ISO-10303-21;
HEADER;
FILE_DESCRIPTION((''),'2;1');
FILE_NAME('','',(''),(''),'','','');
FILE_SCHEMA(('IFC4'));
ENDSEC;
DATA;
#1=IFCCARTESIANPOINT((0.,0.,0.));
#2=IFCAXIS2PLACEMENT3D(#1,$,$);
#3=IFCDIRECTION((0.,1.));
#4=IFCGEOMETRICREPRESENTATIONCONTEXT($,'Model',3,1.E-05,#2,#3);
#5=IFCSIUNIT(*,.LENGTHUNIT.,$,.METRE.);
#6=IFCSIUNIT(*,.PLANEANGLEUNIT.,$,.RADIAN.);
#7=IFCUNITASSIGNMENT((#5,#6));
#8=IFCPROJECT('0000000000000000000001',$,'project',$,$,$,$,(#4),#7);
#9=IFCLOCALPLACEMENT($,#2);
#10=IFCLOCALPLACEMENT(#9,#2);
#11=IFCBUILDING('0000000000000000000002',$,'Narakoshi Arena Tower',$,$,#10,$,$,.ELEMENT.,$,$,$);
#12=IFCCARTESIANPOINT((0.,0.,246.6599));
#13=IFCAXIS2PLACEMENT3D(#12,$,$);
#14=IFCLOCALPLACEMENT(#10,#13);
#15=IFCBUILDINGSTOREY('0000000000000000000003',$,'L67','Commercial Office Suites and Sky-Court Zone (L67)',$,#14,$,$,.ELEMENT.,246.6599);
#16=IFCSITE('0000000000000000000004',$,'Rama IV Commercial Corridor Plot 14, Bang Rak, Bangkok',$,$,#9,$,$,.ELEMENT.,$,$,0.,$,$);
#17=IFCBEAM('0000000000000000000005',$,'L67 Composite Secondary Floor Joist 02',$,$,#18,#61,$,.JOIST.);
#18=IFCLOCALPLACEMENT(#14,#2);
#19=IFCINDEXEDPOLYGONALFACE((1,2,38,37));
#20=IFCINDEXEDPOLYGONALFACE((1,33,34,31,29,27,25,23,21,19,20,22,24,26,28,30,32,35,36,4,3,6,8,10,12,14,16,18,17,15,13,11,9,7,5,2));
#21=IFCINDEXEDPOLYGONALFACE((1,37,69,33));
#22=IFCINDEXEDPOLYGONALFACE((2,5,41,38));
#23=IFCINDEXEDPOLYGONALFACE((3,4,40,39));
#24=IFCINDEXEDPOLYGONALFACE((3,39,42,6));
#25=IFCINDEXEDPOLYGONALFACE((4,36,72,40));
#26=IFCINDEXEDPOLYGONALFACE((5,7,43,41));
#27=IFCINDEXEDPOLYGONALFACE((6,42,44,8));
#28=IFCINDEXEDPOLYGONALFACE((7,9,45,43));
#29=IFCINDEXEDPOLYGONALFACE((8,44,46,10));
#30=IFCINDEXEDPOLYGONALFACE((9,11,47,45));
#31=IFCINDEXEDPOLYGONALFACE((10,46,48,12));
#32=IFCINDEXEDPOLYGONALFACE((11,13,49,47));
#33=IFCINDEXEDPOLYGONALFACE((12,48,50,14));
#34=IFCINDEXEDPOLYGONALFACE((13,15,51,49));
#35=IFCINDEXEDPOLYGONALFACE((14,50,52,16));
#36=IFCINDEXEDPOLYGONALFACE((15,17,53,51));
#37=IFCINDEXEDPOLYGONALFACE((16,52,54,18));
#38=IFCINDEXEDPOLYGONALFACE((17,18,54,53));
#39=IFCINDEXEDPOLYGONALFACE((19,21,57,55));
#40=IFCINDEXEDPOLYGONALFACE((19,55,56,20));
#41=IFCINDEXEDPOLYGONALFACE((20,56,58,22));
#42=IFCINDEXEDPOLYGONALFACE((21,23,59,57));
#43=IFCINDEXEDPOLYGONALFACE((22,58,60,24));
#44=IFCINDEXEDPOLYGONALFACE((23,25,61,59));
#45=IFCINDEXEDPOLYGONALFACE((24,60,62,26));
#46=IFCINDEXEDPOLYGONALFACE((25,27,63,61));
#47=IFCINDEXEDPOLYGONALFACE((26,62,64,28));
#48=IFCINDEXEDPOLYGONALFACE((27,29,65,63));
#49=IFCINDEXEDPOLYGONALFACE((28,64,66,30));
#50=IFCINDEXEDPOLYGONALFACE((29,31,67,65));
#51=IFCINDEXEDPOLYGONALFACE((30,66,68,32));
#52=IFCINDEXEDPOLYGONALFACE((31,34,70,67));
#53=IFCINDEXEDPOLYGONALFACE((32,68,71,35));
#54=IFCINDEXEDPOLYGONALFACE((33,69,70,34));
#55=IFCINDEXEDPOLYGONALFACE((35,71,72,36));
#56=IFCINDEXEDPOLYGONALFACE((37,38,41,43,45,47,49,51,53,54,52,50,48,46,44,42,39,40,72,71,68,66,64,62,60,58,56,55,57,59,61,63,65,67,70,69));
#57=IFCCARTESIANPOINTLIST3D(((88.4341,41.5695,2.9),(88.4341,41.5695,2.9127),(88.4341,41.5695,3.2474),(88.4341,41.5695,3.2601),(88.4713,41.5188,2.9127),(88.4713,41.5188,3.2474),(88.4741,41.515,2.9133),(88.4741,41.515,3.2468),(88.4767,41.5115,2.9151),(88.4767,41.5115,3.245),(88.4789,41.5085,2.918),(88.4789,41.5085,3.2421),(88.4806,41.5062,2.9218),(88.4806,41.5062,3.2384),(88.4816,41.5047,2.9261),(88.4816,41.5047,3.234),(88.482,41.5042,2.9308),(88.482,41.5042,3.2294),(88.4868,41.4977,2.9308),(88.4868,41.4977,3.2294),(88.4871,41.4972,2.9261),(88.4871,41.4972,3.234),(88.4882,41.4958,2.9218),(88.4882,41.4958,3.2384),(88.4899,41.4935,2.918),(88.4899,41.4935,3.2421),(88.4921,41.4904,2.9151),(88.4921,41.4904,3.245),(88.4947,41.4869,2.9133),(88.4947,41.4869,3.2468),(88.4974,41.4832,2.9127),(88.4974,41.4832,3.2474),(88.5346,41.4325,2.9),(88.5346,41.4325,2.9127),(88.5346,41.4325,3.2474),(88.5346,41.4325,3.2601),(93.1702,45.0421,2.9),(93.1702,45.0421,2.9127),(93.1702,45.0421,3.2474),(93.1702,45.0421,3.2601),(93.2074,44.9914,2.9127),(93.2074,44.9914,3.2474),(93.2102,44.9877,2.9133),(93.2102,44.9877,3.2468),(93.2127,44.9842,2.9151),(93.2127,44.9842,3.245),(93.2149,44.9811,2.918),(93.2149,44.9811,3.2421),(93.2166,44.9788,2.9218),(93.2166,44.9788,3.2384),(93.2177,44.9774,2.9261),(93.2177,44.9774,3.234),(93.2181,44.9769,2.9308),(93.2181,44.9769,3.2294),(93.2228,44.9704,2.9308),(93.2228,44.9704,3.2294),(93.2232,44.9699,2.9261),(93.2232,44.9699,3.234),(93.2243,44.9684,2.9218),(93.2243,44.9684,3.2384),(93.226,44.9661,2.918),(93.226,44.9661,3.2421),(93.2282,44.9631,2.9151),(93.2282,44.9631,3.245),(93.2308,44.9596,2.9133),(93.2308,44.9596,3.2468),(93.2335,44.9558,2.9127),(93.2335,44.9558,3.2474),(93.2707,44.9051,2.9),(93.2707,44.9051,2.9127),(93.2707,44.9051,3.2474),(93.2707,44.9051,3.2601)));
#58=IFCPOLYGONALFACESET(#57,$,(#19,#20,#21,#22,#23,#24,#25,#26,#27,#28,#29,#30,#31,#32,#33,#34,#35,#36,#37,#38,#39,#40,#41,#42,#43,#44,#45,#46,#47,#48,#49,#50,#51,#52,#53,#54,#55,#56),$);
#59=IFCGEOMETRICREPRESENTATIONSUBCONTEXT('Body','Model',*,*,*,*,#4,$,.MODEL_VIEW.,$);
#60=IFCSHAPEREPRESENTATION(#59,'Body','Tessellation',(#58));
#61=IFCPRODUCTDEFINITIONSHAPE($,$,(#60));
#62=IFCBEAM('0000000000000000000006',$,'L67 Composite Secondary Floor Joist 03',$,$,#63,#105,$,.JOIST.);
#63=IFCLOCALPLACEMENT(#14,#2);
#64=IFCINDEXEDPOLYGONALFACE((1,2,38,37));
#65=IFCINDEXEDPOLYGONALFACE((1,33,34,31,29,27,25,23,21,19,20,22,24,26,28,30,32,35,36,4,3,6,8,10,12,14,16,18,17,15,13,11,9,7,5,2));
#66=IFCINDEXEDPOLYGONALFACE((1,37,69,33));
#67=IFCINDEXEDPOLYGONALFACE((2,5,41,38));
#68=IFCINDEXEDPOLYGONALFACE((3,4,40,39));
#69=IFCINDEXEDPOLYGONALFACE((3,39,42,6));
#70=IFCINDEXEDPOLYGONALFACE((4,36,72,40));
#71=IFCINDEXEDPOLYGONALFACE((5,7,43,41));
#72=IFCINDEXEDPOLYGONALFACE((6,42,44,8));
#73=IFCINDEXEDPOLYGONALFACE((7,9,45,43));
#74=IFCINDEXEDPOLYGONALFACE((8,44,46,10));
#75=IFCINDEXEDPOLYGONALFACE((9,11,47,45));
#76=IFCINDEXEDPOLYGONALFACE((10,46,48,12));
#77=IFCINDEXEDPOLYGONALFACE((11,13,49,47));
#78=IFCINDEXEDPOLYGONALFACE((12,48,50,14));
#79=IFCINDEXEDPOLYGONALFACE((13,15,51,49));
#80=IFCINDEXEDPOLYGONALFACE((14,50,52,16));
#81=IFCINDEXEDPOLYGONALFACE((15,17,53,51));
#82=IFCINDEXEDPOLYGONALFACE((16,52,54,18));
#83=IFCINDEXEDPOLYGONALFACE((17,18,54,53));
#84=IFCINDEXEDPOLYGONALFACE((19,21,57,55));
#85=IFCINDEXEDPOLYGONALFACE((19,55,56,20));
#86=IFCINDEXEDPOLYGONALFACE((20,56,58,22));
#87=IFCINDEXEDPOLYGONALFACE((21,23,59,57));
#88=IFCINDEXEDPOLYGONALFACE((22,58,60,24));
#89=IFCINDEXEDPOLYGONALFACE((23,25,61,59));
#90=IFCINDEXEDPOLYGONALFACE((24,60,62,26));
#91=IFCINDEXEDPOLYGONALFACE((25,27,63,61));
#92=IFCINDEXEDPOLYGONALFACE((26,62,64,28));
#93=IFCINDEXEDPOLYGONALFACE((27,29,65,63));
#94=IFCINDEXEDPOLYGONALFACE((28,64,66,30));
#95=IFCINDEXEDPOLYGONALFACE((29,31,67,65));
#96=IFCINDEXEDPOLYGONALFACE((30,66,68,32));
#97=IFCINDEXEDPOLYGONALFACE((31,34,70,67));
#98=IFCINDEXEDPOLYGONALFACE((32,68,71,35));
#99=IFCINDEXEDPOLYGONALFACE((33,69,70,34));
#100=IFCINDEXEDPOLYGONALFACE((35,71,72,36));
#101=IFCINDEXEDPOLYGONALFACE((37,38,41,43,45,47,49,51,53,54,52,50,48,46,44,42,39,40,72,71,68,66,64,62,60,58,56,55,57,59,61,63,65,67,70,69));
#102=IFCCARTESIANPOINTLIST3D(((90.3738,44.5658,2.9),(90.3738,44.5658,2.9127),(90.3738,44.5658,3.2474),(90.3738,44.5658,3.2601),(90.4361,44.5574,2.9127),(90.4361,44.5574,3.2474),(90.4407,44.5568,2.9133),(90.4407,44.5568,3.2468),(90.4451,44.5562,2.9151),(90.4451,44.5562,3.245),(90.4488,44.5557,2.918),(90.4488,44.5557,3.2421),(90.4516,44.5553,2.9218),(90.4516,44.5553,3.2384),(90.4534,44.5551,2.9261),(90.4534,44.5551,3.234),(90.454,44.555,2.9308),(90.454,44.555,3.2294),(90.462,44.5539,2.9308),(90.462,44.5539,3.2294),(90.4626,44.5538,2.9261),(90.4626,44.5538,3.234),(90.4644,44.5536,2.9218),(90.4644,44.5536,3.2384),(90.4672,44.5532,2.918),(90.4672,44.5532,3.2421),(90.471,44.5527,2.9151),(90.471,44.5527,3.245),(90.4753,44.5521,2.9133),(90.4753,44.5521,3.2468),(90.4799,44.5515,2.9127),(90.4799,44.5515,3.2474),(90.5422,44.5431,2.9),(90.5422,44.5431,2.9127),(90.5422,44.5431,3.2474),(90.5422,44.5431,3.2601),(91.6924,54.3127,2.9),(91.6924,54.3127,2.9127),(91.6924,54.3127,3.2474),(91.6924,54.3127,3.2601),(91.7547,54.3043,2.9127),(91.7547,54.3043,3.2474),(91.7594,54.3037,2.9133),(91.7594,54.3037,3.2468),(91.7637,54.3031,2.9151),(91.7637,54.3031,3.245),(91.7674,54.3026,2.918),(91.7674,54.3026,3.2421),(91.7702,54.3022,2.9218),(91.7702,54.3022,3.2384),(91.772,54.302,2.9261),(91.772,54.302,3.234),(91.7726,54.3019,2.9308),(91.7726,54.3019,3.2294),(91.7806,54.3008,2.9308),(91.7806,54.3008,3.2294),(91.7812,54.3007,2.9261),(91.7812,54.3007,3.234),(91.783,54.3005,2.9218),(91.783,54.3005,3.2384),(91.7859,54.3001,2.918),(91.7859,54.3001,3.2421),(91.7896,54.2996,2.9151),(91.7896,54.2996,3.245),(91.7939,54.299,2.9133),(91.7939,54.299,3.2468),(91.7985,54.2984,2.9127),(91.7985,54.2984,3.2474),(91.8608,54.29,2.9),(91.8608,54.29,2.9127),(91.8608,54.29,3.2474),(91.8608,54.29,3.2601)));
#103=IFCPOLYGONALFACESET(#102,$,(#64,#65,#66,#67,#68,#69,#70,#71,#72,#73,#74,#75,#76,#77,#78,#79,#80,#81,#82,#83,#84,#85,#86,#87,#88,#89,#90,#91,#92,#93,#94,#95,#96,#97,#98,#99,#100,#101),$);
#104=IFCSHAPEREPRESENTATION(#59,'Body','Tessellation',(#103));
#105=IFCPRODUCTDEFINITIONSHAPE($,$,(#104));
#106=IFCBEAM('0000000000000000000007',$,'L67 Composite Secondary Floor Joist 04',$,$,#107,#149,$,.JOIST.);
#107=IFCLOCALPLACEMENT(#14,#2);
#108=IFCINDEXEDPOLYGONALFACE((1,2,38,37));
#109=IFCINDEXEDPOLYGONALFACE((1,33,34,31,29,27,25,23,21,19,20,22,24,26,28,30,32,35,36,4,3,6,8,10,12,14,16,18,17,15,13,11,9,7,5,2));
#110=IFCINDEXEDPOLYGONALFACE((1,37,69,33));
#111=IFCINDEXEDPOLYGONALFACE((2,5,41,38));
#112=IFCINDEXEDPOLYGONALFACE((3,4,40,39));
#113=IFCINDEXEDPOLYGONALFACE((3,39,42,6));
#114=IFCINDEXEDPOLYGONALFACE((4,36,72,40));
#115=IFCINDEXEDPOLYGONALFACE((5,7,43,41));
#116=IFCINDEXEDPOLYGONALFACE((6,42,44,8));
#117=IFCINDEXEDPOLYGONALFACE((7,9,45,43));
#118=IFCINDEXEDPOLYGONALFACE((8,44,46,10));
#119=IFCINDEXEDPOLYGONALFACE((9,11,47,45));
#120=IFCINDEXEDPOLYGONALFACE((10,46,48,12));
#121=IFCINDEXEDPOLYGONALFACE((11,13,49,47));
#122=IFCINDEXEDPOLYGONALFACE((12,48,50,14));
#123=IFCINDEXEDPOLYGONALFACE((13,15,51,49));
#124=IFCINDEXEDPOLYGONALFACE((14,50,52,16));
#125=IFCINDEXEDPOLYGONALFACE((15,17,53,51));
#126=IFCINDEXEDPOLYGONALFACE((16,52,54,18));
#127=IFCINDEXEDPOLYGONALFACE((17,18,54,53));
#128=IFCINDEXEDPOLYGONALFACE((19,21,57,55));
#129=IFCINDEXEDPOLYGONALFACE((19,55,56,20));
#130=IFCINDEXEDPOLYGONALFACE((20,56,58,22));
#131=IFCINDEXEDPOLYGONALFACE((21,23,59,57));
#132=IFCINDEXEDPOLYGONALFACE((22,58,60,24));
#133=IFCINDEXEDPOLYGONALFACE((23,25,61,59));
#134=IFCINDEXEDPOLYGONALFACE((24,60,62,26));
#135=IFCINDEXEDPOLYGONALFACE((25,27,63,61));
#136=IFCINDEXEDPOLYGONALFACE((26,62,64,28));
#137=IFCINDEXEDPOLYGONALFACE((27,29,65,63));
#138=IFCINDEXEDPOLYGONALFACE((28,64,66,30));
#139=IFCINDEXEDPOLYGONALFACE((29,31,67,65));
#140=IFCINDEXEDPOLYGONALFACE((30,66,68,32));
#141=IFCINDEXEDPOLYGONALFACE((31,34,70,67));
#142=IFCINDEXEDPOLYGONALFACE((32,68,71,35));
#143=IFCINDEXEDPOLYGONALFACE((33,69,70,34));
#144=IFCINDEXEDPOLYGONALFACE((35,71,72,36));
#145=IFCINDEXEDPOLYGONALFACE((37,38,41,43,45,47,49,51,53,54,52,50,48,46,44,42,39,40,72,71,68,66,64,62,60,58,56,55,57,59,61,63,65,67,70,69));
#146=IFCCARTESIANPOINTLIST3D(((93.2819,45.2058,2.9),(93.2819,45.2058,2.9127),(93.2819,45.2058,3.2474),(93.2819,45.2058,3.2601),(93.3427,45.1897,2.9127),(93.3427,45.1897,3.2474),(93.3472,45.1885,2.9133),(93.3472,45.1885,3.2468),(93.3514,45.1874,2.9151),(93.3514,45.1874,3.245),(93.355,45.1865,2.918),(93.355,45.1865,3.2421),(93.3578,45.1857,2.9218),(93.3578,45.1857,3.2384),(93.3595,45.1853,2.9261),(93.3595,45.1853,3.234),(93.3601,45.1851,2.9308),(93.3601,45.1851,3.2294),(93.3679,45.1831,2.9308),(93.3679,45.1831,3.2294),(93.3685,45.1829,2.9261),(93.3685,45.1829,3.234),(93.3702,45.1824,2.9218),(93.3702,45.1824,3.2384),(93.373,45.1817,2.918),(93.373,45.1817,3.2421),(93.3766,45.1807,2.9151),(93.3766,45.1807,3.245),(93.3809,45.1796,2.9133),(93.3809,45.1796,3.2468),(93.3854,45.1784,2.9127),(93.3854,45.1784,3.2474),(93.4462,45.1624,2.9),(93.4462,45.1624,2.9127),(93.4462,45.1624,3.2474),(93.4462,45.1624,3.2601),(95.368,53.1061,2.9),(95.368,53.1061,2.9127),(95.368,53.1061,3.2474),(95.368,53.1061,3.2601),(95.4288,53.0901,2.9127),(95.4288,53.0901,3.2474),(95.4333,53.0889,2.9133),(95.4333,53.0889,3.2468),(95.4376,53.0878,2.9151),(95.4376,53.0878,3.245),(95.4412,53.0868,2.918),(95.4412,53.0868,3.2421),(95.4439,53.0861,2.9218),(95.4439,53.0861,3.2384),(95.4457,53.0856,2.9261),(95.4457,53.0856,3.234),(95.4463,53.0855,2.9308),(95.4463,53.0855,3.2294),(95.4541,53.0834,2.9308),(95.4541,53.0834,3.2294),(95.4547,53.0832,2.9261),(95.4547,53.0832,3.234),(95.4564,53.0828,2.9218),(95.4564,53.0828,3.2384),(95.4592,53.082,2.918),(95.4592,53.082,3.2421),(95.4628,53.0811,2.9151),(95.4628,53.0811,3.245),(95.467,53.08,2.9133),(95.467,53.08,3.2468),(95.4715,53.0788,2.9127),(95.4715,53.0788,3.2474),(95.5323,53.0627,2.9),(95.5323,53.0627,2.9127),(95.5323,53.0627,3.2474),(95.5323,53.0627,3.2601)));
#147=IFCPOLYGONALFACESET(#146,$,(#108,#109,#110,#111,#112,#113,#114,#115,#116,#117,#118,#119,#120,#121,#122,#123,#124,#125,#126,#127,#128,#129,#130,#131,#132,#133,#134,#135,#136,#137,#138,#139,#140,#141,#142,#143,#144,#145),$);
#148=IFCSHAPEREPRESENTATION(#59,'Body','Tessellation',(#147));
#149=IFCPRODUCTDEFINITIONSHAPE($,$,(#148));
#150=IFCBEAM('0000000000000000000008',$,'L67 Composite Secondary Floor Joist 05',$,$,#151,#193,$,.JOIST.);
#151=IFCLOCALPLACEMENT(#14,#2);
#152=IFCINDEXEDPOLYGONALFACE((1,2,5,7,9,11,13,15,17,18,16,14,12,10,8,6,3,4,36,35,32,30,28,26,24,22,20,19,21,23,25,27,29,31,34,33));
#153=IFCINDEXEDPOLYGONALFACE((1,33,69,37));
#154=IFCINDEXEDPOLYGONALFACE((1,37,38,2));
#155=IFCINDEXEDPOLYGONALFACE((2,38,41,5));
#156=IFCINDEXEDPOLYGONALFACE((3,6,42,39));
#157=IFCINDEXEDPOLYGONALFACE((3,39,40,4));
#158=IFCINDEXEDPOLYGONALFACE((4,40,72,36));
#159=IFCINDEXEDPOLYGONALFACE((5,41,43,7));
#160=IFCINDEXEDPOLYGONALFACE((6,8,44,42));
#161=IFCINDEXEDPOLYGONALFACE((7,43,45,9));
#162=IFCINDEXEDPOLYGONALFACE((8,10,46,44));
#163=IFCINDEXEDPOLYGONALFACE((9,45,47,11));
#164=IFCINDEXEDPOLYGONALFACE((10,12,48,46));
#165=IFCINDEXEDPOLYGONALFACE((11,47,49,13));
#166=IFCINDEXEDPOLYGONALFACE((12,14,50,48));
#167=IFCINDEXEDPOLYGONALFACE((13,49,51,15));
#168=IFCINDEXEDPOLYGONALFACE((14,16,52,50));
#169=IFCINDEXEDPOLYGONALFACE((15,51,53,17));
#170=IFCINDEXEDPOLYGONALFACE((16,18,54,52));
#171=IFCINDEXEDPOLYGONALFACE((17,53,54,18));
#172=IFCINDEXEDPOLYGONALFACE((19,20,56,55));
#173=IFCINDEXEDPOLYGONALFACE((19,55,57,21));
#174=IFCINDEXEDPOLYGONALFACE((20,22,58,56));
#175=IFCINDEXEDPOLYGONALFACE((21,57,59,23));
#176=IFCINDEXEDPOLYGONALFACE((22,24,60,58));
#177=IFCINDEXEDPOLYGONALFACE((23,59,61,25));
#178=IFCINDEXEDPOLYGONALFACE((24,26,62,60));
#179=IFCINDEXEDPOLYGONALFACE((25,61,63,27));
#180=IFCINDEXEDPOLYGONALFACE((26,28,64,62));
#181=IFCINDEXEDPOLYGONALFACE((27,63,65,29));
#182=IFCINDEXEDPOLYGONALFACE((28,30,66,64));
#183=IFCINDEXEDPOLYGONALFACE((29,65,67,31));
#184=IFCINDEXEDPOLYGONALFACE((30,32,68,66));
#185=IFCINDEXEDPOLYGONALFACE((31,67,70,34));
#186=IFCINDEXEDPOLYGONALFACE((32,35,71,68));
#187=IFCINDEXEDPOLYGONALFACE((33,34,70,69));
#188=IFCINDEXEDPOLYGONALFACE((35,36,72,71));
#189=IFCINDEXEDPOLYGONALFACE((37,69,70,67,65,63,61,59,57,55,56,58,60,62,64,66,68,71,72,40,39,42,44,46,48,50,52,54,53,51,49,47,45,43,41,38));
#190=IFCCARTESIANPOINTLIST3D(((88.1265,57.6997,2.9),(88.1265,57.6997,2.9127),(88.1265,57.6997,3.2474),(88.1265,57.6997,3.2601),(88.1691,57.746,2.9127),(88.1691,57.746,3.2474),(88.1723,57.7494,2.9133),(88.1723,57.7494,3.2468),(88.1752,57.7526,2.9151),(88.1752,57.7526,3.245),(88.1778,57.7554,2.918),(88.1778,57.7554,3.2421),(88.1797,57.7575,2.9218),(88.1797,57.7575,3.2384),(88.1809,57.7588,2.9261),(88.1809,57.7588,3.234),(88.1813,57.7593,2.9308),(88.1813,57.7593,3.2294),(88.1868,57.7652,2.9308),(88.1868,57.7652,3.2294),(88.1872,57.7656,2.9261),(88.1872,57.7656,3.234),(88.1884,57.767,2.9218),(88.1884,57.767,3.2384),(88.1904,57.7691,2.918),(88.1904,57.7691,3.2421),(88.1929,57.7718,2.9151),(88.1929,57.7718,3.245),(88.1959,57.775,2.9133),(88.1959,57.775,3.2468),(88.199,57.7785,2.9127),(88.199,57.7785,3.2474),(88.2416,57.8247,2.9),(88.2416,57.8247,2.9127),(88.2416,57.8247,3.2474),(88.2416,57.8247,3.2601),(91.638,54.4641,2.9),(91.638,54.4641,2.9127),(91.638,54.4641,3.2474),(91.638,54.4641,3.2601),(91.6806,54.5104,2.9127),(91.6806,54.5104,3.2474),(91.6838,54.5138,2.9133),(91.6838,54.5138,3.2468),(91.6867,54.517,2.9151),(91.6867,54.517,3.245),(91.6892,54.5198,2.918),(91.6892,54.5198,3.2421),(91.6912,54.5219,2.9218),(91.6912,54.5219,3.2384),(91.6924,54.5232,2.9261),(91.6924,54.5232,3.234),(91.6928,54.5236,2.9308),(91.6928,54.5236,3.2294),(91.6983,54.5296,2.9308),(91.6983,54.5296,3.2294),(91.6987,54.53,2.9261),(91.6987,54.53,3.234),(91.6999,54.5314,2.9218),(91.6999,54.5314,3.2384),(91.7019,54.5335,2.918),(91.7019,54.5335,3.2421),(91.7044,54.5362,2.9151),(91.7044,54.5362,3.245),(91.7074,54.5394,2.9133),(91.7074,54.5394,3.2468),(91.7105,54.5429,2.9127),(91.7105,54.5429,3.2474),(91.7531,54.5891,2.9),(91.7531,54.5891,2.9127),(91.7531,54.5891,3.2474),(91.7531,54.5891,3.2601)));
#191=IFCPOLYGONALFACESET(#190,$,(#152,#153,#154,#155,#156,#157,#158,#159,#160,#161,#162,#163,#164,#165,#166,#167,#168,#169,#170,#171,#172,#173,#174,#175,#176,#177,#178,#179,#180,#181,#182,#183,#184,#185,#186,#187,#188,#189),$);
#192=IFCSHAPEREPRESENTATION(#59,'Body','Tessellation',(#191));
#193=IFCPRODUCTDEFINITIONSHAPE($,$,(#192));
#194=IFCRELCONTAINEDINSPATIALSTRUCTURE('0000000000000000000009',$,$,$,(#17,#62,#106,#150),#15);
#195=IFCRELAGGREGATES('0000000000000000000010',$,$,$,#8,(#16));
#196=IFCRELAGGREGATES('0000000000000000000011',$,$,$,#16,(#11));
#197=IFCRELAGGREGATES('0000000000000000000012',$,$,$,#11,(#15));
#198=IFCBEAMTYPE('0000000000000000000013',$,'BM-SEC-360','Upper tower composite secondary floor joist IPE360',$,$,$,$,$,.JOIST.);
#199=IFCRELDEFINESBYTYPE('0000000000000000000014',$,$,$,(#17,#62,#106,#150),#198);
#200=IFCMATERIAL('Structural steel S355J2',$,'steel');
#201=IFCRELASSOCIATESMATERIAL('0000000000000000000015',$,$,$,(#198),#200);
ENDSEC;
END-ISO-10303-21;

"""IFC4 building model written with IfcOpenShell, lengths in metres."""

from ifc_helpers import new_model, si_unit, direction, frame, origin, origin_2d, place, context, subcontext, project, spatial, i_section, extrude, material, material_profile, profile_set, type_object, element, save


model = new_model("IFC4")

# Units and contexts
model_context = context("Model", 3, precision=1e-05, world=origin(), true_north=direction((0.0, 1.0)))
body_context = subcontext(model_context, "Body", "Model", "MODEL_VIEW")
ifc_project = project(units=[si_unit("LENGTHUNIT", "METRE"), si_unit("PLANEANGLEUNIT", "RADIAN")], contexts=[model_context])

# Site, building, storey
site_placement = place(None, origin())
site = spatial("IfcSite", under=ifc_project, at=site_placement, Name="Rama IV Commercial Corridor Plot 14, Bang Rak, Bangkok", CompositionType="ELEMENT", RefElevation=0.0)
building_placement = place(site_placement, origin())
building = spatial("IfcBuilding", under=site, at=building_placement, Name="Narakoshi Arena Tower", CompositionType="ELEMENT")
storey_placement = place(building_placement, frame((0.0, 0.0, 246.6599)))
storey = spatial("IfcBuildingStorey", under=building, at=storey_placement, Name="L67", Description="Commercial Office Suites and Sky-Court Zone (L67)", CompositionType="ELEMENT", Elevation=246.6599)

# Beams
ifc_material_1 = material(Name="Structural steel S355J2", Category="steel")
ifc_material_profile_1 = material_profile(ifc_material_1, i_section(OverallWidth=0.1699, OverallDepth=0.3601, WebThickness=0.0081, FlangeThickness=0.0127, FilletRadius=0.0181, at=origin_2d()), Name="IPE360")
ifc_profile_set_1 = profile_set([ifc_material_profile_1], Name="Structural steel S355J2")
beam_type_1 = type_object("IfcBeamType", Name="BM-SEC-360", Description="Upper tower composite secondary floor joist IPE360", PredefinedType="JOIST", material=ifc_profile_set_1)
beam_1_placement = place(storey_placement, frame((88.4844, 41.501, 3.0801), z_axis=(0.806443, 0.591311, 0.0), x_axis=(-0.591311, 0.806443, 0.0)))
element("IfcBeam", 1, at=beam_1_placement, inside=storey, type_object=beam_type_1, Name="L67 Composite Secondary Floor Joist 02", PredefinedType="JOIST", context=body_context, shape_type="SweptSolid", body=[
    extrude(i_section(OverallWidth=0.1699, OverallDepth=0.3601, WebThickness=0.0081, FlangeThickness=0.0127, FilletRadius=0.0181, at=origin_2d()), origin(), (0.0, 0.0, 1.0), 5.8728),
])
beam_2_placement = place(storey_placement, frame((90.458, 44.5544, 3.0801), z_axis=(0.134064, 0.990973, 0.0), x_axis=(-0.990973, 0.134064, 0.0)))
element("IfcBeam", 2, at=beam_2_placement, inside=storey, type_object=beam_type_1, Name="L67 Composite Secondary Floor Joist 03", PredefinedType="JOIST", context=body_context, shape_type="SweptSolid", body=[
    extrude(i_section(OverallWidth=0.1699, OverallDepth=0.3601, WebThickness=0.0081, FlangeThickness=0.0127, FilletRadius=0.0181, at=origin_2d()), origin(), (0.0, 0.0, 1.0), 9.8357),
])
beam_3_placement = place(storey_placement, frame((93.364, 45.1841, 3.0801), z_axis=(0.255309, 0.966859, 0.0), x_axis=(-0.966859, 0.255309, 0.0)))
element("IfcBeam", 3, at=beam_3_placement, inside=storey, type_object=beam_type_1, Name="L67 Composite Secondary Floor Joist 04", PredefinedType="JOIST", context=body_context, shape_type="SweptSolid", body=[
    extrude(i_section(OverallWidth=0.1699, OverallDepth=0.3601, WebThickness=0.0081, FlangeThickness=0.0127, FilletRadius=0.0181, at=origin_2d()), origin(), (0.0, 0.0, 1.0), 8.1711),
])
beam_4_placement = place(storey_placement, frame((91.6956, 54.5266, 3.0801), z_axis=(-0.735405, 0.677628, 0.0), x_axis=(-0.677628, -0.735405, 0.0)))
element("IfcBeam", 4, at=beam_4_placement, inside=storey, type_object=beam_type_1, Name="L67 Composite Secondary Floor Joist 05", PredefinedType="JOIST", context=body_context, shape_type="SweptSolid", body=[
    extrude(i_section(OverallWidth=0.1699, OverallDepth=0.3601, WebThickness=0.0081, FlangeThickness=0.0127, FilletRadius=0.0181, at=origin_2d()), origin(), (0.0, 0.0, 1.0), 4.7749),
])

save(model, "model.ifc")
